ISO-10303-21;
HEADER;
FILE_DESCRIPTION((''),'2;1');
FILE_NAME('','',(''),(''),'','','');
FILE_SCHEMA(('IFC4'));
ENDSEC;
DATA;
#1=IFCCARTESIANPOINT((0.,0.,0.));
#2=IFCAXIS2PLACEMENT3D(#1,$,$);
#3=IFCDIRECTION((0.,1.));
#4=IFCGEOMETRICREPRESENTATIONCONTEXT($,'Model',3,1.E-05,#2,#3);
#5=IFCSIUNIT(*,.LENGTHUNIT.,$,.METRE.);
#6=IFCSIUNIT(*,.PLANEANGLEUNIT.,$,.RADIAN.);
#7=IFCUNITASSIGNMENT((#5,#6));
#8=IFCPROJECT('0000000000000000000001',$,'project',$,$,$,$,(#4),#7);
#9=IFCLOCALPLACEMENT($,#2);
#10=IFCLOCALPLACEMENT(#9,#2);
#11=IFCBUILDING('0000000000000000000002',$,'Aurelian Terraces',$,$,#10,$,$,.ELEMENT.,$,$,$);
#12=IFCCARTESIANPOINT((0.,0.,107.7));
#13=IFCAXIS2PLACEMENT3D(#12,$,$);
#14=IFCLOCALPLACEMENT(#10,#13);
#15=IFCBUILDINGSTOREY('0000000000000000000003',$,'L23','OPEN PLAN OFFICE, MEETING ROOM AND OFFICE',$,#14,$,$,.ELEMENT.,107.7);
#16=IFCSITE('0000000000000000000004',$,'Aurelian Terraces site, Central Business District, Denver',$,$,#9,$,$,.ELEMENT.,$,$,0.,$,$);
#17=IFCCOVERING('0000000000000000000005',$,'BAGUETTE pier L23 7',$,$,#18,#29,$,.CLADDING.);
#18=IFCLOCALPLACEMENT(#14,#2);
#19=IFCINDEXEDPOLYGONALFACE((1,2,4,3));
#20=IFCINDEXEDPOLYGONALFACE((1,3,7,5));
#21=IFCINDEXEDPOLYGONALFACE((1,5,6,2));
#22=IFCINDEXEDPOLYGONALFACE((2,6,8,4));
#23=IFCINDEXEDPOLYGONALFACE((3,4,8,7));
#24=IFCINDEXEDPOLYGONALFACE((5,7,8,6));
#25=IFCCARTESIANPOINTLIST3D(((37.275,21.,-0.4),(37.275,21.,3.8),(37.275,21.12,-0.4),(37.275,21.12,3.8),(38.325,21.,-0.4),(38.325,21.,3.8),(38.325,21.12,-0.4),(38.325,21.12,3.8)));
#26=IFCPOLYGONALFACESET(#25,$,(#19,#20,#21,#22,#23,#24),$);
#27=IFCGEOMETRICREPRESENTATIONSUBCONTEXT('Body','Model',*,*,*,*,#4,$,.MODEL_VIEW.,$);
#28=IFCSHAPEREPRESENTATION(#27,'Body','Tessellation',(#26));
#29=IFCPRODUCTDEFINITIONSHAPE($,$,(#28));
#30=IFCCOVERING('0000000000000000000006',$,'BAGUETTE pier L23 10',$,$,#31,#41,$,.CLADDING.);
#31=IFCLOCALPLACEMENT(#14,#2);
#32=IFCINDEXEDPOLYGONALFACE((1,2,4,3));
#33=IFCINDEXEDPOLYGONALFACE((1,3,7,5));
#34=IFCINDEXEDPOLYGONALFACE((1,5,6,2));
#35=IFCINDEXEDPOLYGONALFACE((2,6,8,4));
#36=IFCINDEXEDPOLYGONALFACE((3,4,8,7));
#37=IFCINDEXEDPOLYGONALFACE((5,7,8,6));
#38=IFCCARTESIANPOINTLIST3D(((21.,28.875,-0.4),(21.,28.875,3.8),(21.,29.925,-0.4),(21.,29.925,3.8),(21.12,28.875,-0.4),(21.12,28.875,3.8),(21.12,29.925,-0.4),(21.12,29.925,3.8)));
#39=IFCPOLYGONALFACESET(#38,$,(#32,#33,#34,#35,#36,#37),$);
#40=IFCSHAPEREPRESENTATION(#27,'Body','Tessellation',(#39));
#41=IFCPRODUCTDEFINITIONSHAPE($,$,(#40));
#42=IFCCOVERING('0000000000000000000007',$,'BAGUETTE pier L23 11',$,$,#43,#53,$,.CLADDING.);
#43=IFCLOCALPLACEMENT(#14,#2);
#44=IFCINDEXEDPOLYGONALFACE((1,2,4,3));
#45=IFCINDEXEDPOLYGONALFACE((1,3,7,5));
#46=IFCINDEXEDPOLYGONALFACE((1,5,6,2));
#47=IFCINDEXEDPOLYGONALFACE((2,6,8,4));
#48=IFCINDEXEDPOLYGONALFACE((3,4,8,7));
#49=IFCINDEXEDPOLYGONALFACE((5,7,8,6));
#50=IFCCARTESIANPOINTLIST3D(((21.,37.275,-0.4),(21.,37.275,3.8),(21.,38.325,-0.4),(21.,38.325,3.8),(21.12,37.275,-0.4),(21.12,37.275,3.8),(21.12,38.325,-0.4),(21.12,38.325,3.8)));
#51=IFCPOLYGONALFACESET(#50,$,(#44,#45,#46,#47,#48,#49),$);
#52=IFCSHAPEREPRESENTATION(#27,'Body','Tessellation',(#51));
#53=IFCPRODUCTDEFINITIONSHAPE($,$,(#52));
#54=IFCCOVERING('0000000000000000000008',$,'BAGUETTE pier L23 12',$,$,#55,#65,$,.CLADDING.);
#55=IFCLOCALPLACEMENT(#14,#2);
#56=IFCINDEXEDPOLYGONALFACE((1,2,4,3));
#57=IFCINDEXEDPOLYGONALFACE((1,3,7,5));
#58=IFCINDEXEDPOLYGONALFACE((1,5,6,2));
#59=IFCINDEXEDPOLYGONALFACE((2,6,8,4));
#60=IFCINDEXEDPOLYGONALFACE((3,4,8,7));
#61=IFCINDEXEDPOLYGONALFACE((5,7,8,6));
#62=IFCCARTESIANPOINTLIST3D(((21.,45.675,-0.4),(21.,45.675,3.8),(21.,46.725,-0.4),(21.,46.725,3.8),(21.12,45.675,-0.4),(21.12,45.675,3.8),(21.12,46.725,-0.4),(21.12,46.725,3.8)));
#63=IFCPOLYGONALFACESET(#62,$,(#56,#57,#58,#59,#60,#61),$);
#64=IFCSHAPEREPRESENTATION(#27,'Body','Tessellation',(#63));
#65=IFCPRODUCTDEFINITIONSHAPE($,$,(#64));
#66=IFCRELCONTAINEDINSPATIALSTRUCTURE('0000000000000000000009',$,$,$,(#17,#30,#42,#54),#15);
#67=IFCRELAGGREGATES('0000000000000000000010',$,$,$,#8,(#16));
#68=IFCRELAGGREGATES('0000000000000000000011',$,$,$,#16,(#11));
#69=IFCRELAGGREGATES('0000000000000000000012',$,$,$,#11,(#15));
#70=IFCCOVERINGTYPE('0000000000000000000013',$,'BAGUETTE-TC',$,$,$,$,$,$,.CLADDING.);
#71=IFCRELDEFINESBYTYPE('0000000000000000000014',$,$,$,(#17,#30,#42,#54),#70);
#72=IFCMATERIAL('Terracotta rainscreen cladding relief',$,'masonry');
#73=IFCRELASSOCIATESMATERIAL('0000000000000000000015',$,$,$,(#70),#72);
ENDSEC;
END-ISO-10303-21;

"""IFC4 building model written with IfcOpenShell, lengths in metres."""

from ifc_helpers import new_model, si_unit, direction, frame, origin, origin_2d, place, context, subcontext, project, spatial, rectangle, extrude, source, transform, mapped, material, type_object, element, save


model = new_model("IFC4")

# Units and contexts
model_context = context("Model", 3, precision=1e-05, world=origin(), true_north=direction((0.0, 1.0)))
body_context = subcontext(model_context, "Body", "Model", "MODEL_VIEW")
ifc_project = project(units=[si_unit("LENGTHUNIT", "METRE"), si_unit("PLANEANGLEUNIT", "RADIAN")], contexts=[model_context])

# Site, building, storey
site_placement = place(None, origin())
site = spatial("IfcSite", under=ifc_project, at=site_placement, Name="Aurelian Terraces site, Central Business District, Denver", CompositionType="ELEMENT", RefElevation=0.0)
building_placement = place(site_placement, origin())
building = spatial("IfcBuilding", under=site, at=building_placement, Name="Aurelian Terraces", CompositionType="ELEMENT")
storey_placement = place(building_placement, frame((0.0, 0.0, 107.7)))
storey = spatial("IfcBuildingStorey", under=building, at=storey_placement, Name="L23", Description="OPEN PLAN OFFICE, MEETING ROOM AND OFFICE", CompositionType="ELEMENT", Elevation=107.7)

# Coverings
ifc_material_1 = material(Name="Terracotta rainscreen cladding relief", Category="masonry")
covering_type = type_object("IfcCoveringType", Name="BAGUETTE-TC", PredefinedType="CLADDING", material=ifc_material_1)
shared_shape_1 = source(origin(), body_context, "Body", "SweptSolid", [
    extrude(rectangle(XDim=1.05, YDim=0.12, at=origin_2d()), origin(), (0.0, 0.0, 1.0), 4.2),
])
covering_placement = place(storey_placement, frame((37.8, 21.06, -0.4), z_axis=(0.0, 0.0, 1.0), x_axis=(1.0, 0.0, 0.0)))
element("IfcCovering", 1, at=covering_placement, inside=storey, type_object=covering_type, Name="BAGUETTE pier L23 7", PredefinedType="CLADDING", context=body_context, shape_type="MappedRepresentation", body=[
    mapped(shared_shape_1, transform((0.0, 0.0, 0.0), scale=1.0)),
])
shared_shape_2 = source(origin(), body_context, "Body", "SweptSolid", [
    extrude(rectangle(XDim=0.12, YDim=1.05, at=origin_2d()), origin(), (0.0, 0.0, 1.0), 4.2),
])
for number, where, z_axis, x_axis, name in (
    (2, (21.06, 29.4, -0.4), (0.0, 0.0, 1.0), (1.0, 0.0, 0.0), "BAGUETTE pier L23 10"),
    (3, (21.06, 37.8, -0.4), (0.0, 0.0, 1.0), (1.0, 0.0, 0.0), "BAGUETTE pier L23 11"),
    (4, (21.06, 46.2, -0.4), (0.0, 0.0, 1.0), (1.0, 0.0, 0.0), "BAGUETTE pier L23 12"),
):
    element("IfcCovering", number, at=place(storey_placement, frame(where, z_axis=z_axis, x_axis=x_axis)), inside=storey, type_object=covering_type, Name=name, PredefinedType="CLADDING", context=body_context, shape_type="MappedRepresentation", body=[
        mapped(shared_shape_2, transform((0.0, 0.0, 0.0), scale=1.0)),
    ])

save(model, "model.ifc")
